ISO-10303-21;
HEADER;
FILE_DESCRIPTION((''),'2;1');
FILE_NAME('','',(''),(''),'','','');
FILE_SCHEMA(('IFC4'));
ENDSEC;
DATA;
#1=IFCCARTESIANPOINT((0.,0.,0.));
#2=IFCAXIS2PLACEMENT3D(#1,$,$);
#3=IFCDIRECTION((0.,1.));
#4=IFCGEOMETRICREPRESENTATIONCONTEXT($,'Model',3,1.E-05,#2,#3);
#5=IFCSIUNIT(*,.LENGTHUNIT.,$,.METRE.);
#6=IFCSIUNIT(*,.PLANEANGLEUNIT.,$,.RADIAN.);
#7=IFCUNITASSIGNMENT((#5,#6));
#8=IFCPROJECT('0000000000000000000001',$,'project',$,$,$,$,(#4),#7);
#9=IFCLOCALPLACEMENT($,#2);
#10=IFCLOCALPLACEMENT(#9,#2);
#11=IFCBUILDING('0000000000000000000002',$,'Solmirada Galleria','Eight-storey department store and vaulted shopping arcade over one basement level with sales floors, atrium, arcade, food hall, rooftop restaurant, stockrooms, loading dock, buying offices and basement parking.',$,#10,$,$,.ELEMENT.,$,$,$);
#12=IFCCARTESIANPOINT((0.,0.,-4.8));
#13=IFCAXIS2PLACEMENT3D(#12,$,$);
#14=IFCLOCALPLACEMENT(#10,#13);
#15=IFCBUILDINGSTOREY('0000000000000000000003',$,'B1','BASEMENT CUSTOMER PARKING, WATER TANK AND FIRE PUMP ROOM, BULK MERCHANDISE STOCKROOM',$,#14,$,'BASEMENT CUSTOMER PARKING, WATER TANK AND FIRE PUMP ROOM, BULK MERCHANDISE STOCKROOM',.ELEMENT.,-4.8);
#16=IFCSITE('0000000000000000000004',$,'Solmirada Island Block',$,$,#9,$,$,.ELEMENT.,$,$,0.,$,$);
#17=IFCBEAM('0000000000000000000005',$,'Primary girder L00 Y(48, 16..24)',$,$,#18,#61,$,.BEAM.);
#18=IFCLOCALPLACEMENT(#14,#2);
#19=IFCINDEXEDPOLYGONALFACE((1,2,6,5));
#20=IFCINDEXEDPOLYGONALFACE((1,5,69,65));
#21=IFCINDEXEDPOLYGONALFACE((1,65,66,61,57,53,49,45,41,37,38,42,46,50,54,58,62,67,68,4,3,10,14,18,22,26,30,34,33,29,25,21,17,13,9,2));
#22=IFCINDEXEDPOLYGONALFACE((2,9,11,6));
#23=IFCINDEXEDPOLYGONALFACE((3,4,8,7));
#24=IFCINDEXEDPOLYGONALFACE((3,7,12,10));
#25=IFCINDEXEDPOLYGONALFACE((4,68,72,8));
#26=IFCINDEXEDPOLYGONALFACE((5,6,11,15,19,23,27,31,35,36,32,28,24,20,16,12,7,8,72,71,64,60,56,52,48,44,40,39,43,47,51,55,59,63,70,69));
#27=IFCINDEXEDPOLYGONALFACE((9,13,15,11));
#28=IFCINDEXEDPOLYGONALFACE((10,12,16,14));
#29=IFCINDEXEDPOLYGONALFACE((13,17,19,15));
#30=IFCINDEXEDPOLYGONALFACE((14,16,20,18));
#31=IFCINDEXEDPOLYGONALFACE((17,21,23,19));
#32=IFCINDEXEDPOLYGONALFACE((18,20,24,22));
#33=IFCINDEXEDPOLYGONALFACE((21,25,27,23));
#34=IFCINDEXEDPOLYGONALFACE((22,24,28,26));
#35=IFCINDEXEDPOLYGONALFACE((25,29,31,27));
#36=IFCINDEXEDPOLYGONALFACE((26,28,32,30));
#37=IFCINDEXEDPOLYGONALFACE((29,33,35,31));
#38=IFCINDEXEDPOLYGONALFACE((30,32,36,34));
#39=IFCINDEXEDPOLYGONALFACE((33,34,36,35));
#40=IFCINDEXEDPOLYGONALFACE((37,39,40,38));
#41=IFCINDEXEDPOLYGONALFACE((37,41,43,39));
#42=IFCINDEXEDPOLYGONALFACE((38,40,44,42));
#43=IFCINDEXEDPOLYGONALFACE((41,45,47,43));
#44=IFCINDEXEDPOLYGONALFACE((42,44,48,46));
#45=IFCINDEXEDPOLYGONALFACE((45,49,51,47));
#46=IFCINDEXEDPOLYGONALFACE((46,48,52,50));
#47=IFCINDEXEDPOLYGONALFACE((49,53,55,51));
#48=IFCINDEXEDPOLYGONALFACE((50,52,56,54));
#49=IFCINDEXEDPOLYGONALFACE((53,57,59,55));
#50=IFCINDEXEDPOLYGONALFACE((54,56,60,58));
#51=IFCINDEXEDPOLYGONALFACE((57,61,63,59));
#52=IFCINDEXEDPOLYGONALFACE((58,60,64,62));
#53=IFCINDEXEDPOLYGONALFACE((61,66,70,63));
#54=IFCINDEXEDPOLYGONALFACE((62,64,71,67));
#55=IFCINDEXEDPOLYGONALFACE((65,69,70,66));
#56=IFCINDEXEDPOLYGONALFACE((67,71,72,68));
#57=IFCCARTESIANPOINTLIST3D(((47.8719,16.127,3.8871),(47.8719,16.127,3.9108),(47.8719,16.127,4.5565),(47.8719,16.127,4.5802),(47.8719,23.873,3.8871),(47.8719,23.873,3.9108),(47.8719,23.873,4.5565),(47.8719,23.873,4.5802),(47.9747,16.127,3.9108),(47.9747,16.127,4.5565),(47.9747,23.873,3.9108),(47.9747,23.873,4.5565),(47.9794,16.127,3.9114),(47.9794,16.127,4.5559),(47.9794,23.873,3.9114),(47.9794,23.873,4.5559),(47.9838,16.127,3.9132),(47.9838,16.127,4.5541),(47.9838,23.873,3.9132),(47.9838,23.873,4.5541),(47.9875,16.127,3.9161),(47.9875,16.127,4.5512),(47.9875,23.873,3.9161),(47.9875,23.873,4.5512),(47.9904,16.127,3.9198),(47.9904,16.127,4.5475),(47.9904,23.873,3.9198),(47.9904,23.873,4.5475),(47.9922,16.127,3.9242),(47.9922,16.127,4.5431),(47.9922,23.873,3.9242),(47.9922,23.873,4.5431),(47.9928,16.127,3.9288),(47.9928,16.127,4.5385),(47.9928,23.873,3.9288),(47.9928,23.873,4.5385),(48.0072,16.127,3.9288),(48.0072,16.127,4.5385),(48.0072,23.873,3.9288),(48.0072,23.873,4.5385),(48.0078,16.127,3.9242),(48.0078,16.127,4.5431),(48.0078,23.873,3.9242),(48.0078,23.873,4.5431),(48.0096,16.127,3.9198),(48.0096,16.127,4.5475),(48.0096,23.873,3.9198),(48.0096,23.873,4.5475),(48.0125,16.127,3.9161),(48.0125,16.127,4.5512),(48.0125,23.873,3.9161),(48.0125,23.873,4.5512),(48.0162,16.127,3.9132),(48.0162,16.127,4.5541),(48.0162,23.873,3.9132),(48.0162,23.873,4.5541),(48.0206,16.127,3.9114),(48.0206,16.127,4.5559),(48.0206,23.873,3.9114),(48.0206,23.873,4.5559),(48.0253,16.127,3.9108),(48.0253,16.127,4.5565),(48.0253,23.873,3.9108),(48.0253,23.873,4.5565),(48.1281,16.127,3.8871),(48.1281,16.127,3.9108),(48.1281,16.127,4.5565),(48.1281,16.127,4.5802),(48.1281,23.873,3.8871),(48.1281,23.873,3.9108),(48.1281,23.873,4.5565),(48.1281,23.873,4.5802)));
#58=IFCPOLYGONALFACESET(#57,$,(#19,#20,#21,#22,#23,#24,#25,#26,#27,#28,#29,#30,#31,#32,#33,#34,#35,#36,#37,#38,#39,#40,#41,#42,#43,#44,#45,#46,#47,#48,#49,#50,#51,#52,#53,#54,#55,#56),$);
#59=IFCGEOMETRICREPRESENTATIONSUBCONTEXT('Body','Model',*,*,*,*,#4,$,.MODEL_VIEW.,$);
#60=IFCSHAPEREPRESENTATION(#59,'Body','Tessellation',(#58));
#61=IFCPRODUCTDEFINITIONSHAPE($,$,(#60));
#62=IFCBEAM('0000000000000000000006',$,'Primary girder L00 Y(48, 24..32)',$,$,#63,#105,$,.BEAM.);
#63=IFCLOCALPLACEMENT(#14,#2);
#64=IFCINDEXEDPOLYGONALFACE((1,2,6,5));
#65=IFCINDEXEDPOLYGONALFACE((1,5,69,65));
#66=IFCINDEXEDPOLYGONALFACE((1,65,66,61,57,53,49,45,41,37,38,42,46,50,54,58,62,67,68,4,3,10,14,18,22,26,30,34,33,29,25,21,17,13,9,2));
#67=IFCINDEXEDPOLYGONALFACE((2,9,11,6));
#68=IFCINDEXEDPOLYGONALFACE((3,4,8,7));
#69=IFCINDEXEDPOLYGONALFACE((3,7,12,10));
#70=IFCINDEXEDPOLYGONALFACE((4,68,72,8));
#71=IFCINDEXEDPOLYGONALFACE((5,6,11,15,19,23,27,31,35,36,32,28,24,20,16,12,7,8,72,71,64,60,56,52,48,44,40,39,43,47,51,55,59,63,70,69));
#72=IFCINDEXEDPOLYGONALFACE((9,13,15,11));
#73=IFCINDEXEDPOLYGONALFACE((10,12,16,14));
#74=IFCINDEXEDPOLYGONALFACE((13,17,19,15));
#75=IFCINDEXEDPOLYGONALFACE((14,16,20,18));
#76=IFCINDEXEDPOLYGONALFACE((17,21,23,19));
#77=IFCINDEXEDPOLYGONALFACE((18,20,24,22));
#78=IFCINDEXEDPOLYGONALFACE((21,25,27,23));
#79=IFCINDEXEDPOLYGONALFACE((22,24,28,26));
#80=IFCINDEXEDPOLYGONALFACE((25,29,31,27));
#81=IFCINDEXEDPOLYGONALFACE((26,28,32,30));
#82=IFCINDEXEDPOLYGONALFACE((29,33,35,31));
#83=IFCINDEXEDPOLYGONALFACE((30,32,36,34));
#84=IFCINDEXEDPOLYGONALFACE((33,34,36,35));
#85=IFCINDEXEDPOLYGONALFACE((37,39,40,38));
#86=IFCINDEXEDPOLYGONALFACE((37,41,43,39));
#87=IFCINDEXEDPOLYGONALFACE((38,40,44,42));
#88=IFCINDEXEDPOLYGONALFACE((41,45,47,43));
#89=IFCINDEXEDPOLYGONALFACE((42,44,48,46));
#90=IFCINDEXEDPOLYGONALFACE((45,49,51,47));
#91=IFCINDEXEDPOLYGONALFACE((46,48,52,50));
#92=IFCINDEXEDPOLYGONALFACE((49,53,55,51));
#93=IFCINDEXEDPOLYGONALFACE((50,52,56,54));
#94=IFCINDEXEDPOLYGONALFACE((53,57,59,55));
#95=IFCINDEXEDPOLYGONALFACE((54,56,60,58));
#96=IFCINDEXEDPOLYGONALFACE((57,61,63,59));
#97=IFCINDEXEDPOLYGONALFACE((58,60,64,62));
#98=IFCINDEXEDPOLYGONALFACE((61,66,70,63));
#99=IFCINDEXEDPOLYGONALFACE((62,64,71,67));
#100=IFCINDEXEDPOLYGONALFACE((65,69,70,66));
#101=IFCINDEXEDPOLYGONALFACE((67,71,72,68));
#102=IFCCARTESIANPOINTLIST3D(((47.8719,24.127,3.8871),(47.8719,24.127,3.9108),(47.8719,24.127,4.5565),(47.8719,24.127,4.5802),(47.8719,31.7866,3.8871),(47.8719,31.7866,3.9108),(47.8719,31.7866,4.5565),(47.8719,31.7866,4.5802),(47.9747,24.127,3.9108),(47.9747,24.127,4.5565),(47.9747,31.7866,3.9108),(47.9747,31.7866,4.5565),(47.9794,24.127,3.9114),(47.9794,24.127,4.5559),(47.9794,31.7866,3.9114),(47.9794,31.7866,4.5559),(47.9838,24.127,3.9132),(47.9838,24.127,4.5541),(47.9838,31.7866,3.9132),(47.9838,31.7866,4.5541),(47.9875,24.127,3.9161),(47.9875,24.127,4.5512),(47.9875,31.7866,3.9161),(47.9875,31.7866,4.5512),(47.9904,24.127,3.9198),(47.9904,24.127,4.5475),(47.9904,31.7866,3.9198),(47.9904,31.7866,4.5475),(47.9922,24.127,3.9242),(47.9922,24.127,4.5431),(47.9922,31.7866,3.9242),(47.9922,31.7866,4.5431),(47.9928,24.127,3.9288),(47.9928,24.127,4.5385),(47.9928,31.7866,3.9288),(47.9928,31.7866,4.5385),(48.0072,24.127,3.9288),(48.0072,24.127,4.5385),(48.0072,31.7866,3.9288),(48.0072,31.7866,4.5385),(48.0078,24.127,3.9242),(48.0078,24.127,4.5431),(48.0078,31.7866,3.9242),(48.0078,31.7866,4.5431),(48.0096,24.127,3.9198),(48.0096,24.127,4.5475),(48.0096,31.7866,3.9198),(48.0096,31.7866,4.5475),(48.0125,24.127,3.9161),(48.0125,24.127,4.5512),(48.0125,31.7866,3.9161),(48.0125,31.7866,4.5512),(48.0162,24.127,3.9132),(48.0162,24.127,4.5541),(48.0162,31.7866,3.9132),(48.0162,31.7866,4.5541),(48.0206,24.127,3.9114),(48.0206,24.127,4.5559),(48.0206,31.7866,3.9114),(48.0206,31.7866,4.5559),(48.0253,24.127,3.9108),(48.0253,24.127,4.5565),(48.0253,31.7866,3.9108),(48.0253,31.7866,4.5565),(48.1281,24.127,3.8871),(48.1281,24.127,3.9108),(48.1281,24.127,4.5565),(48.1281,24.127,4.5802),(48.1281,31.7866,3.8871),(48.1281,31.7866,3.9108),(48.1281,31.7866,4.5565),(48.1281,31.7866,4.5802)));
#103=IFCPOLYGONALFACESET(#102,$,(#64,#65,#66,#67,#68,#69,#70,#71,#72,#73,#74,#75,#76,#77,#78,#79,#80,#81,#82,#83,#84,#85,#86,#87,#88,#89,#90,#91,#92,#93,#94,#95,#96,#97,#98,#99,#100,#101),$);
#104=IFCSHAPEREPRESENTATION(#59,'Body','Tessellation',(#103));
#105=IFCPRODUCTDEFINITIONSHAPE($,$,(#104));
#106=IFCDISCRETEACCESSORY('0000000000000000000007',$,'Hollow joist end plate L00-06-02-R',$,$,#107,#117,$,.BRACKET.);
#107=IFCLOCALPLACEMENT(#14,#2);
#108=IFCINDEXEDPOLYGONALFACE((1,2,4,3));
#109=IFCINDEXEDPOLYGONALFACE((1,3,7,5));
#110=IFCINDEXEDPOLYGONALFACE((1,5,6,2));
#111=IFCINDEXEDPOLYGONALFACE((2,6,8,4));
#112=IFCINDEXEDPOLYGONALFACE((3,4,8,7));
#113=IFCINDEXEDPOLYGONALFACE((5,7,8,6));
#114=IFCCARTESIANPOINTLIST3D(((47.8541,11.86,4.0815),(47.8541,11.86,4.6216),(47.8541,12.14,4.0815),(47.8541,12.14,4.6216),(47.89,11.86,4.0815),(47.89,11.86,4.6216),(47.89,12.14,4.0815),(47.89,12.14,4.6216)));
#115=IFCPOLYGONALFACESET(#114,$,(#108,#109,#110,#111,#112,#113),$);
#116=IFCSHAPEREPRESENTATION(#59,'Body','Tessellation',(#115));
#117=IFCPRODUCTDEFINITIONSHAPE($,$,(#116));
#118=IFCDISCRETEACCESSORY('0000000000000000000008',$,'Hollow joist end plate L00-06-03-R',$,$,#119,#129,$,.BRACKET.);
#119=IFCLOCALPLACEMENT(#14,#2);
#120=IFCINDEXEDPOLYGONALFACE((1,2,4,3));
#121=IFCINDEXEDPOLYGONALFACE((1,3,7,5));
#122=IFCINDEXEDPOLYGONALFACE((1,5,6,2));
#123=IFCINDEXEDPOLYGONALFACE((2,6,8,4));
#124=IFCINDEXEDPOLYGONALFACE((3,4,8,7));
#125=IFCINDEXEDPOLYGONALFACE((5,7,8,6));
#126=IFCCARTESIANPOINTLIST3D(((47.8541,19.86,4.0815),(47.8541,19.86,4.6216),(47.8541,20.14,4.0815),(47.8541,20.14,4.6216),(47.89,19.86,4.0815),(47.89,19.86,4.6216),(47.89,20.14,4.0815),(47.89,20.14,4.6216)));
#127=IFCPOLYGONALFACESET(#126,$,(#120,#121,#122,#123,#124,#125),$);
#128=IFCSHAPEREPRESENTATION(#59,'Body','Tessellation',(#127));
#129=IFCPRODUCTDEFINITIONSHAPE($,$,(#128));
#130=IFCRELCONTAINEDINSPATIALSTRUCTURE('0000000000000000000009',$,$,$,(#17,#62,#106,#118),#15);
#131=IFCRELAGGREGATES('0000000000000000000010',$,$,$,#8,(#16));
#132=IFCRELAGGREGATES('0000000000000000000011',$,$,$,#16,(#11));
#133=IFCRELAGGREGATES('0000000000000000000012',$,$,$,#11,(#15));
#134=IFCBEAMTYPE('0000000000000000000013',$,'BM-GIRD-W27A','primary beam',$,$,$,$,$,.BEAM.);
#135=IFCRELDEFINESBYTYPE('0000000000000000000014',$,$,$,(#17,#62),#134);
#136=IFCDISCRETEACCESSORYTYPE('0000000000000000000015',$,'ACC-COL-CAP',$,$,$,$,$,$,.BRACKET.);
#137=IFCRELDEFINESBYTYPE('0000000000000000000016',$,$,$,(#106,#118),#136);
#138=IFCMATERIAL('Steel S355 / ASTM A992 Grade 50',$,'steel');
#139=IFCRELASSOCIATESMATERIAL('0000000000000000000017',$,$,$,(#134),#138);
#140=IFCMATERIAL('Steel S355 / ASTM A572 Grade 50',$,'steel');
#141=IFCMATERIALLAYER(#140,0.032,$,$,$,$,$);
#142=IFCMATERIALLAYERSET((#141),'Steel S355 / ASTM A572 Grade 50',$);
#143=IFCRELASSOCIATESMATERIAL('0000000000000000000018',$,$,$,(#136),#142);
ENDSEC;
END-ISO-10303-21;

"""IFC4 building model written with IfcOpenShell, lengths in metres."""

from ifc_helpers import new_model, si_unit, direction, frame, origin, origin_2d, place, context, subcontext, project, spatial, rectangle, i_section, extrude, material, layer, layer_set, material_profile, profile_set, type_object, element, save


model = new_model("IFC4")

# Units and contexts
model_context = context("Model", 3, precision=1e-05, world=origin(), true_north=direction((0.0, 1.0)))
body_context = subcontext(model_context, "Body", "Model", "MODEL_VIEW")
ifc_project = project(units=[si_unit("LENGTHUNIT", "METRE"), si_unit("PLANEANGLEUNIT", "RADIAN")], contexts=[model_context])

# Site, building, storey
site_placement = place(None, origin())
site = spatial("IfcSite", under=ifc_project, at=site_placement, Name="Solmirada Island Block", CompositionType="ELEMENT", RefElevation=0.0)
building_placement = place(site_placement, origin())
building = spatial("IfcBuilding", under=site, at=building_placement, Name="Solmirada Galleria", Description="Eight-storey department store and vaulted shopping arcade over one basement level with sales floors, atrium, arcade, food hall, rooftop restaurant, stockrooms, loading dock, buying offices and basement parking.", CompositionType="ELEMENT")
storey_placement = place(building_placement, frame((0.0, 0.0, -4.8)))
storey = spatial("IfcBuildingStorey", under=building, at=storey_placement, Name="B1", Description="BASEMENT CUSTOMER PARKING, WATER TANK AND FIRE PUMP ROOM, BULK MERCHANDISE STOCKROOM", LongName="BASEMENT CUSTOMER PARKING, WATER TANK AND FIRE PUMP ROOM, BULK MERCHANDISE STOCKROOM", CompositionType="ELEMENT", Elevation=-4.8)

# Beams
ifc_material_1 = material(Name="Steel S355 / ASTM A992 Grade 50", Category="steel")
ifc_material_profile_1 = material_profile(ifc_material_1, i_section(OverallWidth=0.2561, OverallDepth=0.6931, WebThickness=0.0144, FlangeThickness=0.0237, FilletRadius=0.0181, at=origin_2d()), Name="W27X114")
ifc_profile_set_1 = profile_set([ifc_material_profile_1], Name="Steel S355 / ASTM A992 Grade 50")
beam_type = type_object("IfcBeamType", Name="BM-GIRD-W27A", Description="primary beam", PredefinedType="BEAM", material=ifc_profile_set_1)
for number, where, z_axis, x_axis, name in (
    (1, (48.0, 16.127, 4.2336), (0.0, 1.0, 0.0), (-1.0, 0.0, 0.0), "Primary girder L00 Y(48, 16..24)"),
):
    element("IfcBeam", number, at=place(storey_placement, frame(where, z_axis=z_axis, x_axis=x_axis)), inside=storey, type_object=beam_type, Name=name, PredefinedType="BEAM", context=body_context, shape_type="SweptSolid", body=[
        extrude(i_section(OverallWidth=0.2561, OverallDepth=0.6931, WebThickness=0.0144, FlangeThickness=0.0237, FilletRadius=0.0181, at=origin_2d()), origin(), (0.0, 0.0, 1.0), 7.7461),
    ])
beam_placement = place(storey_placement, frame((48.0, 24.127, 4.2336), z_axis=(0.0, 1.0, 0.0), x_axis=(-1.0, 0.0, 0.0)))
element("IfcBeam", 2, at=beam_placement, inside=storey, type_object=beam_type, Name="Primary girder L00 Y(48, 24..32)", PredefinedType="BEAM", context=body_context, shape_type="SweptSolid", body=[
    extrude(i_section(OverallWidth=0.2561, OverallDepth=0.6931, WebThickness=0.0144, FlangeThickness=0.0237, FilletRadius=0.0181, at=origin_2d()), origin(), (0.0, 0.0, 1.0), 7.6597),
])

# Discrete accessories
ifc_material_2 = material(Name="Steel S355 / ASTM A572 Grade 50", Category="steel")
ifc_layer_1 = layer(ifc_material_2, 0.032)
ifc_layer_set_1 = layer_set([ifc_layer_1], Name="Steel S355 / ASTM A572 Grade 50")
discrete_accessory_type = type_object("IfcDiscreteAccessoryType", Name="ACC-COL-CAP", PredefinedType="BRACKET", material=ifc_layer_set_1)
for number, where, z_axis, x_axis, name in (
    (3, (47.8721, 12.0, 4.0815), (0.0, 0.0, 1.0), (1.0, 0.0, 0.0), "Hollow joist end plate L00-06-02-R"),
    (4, (47.8721, 20.0, 4.0815), (0.0, 0.0, 1.0), (1.0, 0.0, 0.0), "Hollow joist end plate L00-06-03-R"),
):
    element("IfcDiscreteAccessory", number, at=place(storey_placement, frame(where, z_axis=z_axis, x_axis=x_axis)), inside=storey, type_object=discrete_accessory_type, Name=name, PredefinedType="BRACKET", context=body_context, shape_type="SweptSolid", body=[
        extrude(rectangle(XDim=0.0359, YDim=0.28, at=origin_2d()), origin(), (0.0, 0.0, 1.0), 0.54),
    ])

save(model, "model.ifc")
